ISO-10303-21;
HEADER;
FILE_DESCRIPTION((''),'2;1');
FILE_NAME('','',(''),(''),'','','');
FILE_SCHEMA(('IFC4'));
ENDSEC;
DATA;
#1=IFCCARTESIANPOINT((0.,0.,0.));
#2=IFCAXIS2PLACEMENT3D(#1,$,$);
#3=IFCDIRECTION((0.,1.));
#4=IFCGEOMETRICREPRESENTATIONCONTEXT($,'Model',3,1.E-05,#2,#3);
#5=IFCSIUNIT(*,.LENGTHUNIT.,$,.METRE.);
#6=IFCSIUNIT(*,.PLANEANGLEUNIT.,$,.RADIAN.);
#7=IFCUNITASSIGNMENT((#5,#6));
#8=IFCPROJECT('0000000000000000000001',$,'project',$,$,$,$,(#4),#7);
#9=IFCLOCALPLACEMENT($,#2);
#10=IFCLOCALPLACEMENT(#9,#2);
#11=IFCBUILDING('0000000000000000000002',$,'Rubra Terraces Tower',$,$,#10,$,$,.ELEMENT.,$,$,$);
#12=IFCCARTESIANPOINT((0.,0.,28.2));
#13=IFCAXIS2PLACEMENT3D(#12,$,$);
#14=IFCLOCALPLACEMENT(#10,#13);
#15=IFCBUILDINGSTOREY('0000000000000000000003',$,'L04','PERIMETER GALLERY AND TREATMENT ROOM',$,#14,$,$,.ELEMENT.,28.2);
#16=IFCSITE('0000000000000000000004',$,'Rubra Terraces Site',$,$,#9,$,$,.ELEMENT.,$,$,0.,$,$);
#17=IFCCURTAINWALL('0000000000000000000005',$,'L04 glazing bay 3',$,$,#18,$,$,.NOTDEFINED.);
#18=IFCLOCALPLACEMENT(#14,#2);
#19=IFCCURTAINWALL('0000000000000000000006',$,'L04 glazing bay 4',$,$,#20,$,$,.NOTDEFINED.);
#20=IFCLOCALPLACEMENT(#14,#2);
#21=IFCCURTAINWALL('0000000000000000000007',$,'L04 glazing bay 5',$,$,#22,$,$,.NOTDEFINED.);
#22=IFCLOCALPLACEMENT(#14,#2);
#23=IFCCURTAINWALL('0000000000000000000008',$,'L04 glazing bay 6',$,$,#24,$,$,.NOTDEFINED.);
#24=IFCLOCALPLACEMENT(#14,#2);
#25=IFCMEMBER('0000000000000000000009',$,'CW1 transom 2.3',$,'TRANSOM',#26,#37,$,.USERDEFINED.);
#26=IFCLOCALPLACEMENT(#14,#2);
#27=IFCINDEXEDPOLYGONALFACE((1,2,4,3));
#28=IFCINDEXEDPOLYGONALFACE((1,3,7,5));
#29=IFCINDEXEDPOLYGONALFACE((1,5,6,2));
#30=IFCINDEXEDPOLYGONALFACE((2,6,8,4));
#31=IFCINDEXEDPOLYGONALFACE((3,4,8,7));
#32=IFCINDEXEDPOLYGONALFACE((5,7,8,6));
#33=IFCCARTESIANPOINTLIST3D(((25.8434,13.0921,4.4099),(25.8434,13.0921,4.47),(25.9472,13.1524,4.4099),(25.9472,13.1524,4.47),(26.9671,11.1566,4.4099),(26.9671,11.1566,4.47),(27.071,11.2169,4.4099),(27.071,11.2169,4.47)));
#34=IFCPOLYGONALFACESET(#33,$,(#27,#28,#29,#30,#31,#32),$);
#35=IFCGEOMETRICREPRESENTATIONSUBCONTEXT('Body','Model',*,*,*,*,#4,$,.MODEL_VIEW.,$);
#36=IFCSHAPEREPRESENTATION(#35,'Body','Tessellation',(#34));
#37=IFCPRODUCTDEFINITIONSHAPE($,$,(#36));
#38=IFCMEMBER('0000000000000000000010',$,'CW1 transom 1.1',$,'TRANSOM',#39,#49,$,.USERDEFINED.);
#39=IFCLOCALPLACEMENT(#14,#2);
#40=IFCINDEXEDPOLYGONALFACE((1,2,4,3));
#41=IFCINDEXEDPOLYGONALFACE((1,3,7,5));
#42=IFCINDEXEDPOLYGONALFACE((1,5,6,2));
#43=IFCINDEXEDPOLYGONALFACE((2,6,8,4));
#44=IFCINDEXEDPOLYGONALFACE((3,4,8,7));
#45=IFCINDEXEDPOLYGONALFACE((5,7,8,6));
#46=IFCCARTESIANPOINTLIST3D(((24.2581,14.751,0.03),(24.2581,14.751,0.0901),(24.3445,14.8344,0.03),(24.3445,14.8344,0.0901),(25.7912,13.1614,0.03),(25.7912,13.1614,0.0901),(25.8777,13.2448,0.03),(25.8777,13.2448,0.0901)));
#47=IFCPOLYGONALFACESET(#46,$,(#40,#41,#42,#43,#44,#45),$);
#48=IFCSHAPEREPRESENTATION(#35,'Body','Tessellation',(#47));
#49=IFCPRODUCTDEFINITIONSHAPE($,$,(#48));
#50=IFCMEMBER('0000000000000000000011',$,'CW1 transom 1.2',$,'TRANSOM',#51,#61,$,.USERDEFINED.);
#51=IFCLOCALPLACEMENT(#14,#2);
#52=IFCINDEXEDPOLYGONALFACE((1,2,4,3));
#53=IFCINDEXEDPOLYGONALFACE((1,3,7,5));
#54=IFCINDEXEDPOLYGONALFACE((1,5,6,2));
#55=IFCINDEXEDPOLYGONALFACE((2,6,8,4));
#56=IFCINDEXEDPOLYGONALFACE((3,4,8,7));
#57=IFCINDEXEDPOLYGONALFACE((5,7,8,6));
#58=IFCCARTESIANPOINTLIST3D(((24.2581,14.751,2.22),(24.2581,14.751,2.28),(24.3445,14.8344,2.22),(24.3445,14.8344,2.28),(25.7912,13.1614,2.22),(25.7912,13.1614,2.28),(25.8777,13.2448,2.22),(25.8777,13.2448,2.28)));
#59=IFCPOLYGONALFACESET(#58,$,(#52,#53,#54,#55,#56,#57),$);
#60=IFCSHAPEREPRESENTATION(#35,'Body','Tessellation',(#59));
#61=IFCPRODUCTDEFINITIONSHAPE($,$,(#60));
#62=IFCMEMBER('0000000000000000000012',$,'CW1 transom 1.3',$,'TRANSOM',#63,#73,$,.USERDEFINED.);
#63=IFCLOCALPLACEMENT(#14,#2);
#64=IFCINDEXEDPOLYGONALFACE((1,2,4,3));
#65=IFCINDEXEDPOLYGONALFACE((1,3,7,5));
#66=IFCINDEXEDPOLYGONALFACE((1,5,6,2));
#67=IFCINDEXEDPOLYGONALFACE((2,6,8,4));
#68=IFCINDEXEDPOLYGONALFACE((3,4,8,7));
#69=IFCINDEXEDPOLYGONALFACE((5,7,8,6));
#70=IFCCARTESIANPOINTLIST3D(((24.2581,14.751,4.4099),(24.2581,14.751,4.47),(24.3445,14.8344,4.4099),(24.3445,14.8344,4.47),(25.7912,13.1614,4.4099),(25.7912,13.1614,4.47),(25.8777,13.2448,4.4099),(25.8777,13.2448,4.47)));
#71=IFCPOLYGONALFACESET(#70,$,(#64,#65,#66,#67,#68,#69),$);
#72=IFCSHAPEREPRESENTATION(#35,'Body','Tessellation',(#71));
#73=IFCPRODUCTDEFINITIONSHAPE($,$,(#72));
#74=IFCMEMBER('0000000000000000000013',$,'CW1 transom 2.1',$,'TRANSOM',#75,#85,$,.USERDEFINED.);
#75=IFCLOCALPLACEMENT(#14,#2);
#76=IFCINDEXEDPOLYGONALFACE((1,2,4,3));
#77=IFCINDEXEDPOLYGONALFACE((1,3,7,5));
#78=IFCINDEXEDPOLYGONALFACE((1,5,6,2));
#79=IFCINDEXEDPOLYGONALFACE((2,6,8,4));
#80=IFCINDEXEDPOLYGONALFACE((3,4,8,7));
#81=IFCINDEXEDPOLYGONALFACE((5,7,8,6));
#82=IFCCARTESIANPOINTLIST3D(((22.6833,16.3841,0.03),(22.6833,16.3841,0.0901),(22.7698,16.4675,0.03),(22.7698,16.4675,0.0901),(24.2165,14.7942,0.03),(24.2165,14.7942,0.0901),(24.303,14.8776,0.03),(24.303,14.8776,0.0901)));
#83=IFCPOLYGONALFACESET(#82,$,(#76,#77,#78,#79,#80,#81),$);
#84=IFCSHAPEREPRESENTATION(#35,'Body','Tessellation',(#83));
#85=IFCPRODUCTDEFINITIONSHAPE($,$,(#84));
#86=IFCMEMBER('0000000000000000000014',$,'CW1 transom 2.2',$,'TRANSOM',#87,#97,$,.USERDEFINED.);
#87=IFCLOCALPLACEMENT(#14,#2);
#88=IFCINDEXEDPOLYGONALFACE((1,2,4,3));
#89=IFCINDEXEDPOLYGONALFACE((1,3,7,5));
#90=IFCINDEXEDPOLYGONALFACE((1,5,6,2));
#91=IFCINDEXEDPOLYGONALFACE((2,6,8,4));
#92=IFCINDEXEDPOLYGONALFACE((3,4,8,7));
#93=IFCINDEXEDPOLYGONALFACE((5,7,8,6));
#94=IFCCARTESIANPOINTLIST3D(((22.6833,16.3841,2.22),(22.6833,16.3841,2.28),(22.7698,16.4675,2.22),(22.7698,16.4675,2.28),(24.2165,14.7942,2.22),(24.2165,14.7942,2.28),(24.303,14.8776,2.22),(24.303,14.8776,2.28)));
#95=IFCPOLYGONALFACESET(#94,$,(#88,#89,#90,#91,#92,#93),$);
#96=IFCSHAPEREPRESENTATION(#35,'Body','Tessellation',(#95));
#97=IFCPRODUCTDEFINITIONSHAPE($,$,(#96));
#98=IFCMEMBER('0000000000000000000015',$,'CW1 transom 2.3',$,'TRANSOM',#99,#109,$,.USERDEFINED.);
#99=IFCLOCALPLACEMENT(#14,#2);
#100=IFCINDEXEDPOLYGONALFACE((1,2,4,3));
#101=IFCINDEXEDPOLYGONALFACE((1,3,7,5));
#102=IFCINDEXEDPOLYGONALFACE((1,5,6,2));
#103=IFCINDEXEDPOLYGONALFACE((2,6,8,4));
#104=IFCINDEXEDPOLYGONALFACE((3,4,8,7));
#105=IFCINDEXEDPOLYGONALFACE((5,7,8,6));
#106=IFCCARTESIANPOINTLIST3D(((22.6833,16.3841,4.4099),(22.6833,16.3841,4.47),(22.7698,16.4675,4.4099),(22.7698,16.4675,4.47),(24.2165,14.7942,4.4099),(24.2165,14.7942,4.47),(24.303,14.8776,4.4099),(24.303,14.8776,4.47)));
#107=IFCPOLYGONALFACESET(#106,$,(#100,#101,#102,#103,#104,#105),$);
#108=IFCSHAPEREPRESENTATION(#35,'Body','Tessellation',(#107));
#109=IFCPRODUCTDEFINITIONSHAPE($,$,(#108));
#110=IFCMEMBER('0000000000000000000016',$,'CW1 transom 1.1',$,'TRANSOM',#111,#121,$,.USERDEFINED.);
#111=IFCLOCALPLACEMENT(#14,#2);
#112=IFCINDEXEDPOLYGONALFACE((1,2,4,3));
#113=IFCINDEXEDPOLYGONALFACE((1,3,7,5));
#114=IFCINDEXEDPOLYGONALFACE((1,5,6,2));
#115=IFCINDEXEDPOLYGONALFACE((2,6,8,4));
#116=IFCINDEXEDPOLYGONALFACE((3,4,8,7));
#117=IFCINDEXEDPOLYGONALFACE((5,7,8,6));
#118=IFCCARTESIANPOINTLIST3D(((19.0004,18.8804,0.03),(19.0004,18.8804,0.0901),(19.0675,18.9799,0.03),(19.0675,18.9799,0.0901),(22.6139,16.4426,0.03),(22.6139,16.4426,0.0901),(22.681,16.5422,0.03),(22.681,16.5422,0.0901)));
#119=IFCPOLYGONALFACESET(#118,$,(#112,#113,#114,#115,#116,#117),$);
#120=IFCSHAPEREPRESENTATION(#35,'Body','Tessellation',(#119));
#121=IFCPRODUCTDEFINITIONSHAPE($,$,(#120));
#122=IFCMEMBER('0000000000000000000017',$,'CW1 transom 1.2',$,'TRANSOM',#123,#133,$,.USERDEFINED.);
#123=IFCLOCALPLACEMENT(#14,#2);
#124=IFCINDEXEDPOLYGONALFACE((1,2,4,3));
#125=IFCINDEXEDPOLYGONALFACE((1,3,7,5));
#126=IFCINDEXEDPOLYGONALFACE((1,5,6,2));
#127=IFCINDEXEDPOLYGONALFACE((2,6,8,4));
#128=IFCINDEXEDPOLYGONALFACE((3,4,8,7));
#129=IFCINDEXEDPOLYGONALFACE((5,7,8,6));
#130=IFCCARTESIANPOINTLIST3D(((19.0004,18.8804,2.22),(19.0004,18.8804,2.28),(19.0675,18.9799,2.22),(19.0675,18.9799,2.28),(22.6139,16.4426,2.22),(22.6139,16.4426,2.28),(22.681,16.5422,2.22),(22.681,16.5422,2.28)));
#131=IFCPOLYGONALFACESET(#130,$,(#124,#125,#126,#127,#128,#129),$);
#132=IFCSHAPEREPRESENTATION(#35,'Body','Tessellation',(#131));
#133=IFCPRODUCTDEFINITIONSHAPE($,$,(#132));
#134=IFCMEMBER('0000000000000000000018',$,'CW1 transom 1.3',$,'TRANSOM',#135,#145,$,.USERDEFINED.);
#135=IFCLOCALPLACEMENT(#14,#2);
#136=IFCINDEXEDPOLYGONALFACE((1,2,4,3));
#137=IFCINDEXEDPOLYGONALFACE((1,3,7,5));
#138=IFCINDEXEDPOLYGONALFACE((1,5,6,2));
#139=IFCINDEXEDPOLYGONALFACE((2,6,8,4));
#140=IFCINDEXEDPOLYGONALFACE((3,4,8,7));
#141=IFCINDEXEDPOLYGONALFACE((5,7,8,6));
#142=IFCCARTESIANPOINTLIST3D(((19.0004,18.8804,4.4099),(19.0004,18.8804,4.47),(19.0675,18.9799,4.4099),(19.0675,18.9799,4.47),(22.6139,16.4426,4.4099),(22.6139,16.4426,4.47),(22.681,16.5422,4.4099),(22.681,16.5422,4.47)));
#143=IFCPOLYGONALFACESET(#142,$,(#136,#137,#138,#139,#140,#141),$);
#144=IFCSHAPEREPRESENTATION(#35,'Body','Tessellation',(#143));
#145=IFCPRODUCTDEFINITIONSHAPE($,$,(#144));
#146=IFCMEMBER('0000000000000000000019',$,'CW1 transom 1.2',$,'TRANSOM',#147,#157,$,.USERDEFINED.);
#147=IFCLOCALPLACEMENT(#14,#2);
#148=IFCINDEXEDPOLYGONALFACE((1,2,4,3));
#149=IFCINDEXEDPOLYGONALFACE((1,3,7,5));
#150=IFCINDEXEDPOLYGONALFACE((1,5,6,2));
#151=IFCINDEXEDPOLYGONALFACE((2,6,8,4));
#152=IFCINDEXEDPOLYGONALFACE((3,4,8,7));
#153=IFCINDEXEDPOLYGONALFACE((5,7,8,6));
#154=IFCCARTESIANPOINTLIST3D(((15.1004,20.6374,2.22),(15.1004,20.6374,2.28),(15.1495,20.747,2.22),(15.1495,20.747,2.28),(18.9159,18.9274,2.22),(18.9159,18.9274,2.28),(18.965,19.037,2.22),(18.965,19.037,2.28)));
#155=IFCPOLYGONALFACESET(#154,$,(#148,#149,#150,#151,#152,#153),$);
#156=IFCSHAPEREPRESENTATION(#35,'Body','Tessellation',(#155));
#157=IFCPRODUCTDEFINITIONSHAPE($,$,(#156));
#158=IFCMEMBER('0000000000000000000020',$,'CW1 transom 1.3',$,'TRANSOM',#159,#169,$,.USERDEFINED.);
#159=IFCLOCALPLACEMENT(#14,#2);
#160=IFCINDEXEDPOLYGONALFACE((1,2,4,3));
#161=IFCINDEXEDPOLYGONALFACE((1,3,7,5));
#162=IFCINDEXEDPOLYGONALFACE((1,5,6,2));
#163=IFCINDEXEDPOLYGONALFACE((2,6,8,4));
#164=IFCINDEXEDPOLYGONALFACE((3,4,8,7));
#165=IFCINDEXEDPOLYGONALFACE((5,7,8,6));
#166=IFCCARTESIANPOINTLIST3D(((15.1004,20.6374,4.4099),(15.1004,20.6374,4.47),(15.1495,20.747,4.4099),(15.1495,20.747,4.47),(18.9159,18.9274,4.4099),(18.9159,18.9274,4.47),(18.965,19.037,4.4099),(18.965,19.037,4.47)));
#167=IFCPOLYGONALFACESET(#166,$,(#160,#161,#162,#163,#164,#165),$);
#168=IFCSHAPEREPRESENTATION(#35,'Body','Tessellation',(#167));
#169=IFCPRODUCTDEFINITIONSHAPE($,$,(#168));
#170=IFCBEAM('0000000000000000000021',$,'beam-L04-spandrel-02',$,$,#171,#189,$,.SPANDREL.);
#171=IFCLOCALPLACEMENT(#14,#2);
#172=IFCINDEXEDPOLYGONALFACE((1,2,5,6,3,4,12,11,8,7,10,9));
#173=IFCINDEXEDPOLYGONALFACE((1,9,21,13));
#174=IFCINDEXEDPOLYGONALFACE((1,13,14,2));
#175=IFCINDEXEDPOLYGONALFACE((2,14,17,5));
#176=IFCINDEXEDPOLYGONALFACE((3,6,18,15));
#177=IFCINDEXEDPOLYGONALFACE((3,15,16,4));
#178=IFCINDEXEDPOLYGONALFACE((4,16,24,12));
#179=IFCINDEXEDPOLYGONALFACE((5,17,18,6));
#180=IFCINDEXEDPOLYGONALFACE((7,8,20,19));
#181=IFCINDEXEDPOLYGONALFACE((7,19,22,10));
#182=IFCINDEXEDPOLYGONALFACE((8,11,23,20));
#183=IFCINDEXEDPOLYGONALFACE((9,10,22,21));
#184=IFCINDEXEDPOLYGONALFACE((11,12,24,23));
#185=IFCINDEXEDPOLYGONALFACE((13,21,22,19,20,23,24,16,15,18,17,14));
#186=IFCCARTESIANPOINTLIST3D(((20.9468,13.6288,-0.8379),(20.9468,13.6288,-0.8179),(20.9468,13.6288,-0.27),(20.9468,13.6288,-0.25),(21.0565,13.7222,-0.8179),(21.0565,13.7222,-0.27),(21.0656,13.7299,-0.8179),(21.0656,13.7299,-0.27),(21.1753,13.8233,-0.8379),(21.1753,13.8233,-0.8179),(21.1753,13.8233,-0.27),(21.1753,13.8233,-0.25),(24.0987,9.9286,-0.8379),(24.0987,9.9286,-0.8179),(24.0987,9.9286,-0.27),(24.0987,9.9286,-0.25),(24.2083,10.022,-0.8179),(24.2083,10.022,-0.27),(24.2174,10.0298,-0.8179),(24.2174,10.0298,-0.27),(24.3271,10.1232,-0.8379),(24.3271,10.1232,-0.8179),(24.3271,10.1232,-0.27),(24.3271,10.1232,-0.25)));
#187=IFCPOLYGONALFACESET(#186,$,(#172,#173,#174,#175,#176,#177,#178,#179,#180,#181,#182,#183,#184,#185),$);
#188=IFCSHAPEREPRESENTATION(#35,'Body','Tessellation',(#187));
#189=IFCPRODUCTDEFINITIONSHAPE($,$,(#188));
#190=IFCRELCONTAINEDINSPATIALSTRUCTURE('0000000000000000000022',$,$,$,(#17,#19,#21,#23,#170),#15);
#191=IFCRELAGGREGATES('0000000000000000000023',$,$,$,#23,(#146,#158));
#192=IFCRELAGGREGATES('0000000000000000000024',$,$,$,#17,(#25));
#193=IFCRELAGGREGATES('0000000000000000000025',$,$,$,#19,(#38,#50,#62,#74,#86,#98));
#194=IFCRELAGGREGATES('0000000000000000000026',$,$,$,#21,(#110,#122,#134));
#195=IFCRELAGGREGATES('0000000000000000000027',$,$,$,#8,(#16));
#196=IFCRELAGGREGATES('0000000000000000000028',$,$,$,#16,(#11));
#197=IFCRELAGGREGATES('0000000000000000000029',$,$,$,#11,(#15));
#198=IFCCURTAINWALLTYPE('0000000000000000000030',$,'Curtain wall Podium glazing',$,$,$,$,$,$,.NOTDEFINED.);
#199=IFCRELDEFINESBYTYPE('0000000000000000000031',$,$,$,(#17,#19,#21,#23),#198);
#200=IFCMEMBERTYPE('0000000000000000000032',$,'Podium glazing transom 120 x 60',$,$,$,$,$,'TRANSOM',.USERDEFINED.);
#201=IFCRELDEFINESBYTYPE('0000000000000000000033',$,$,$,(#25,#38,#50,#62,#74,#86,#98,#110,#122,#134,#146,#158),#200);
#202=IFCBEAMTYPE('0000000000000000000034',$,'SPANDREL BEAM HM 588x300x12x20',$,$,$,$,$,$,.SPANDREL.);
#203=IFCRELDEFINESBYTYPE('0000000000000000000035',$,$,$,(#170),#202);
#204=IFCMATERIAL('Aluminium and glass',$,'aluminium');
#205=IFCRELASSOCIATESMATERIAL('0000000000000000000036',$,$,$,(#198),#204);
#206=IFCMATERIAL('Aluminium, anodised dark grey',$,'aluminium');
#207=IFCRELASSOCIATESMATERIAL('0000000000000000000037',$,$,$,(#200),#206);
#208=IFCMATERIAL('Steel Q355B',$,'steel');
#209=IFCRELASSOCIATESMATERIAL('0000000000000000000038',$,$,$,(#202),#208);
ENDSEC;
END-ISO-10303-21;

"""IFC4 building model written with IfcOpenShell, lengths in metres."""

from ifc_helpers import new_model, si_unit, direction, frame, origin, origin_2d, place, context, subcontext, project, spatial, rectangle, i_section, extrude, material, material_profile, profile_set, type_object, element, aggregate, save


model = new_model("IFC4")

# Units and contexts
model_context = context("Model", 3, precision=1e-05, world=origin(), true_north=direction((0.0, 1.0)))
body_context = subcontext(model_context, "Body", "Model", "MODEL_VIEW")
ifc_project = project(units=[si_unit("LENGTHUNIT", "METRE"), si_unit("PLANEANGLEUNIT", "RADIAN")], contexts=[model_context])

# Site, building, storey
site_placement = place(None, origin())
site = spatial("IfcSite", under=ifc_project, at=site_placement, Name="Rubra Terraces Site", CompositionType="ELEMENT", RefElevation=0.0)
building_placement = place(site_placement, origin())
building = spatial("IfcBuilding", under=site, at=building_placement, Name="Rubra Terraces Tower", CompositionType="ELEMENT")
storey_placement = place(building_placement, frame((0.0, 0.0, 28.2)))
storey = spatial("IfcBuildingStorey", under=building, at=storey_placement, Name="L04", Description="PERIMETER GALLERY AND TREATMENT ROOM", CompositionType="ELEMENT", Elevation=28.2)

# Shared definitions
ifc_material_1 = material(Name="Steel Q355B", Category="steel")

# Curtain wall
ifc_material_2 = material(Name="Aluminium and glass", Category="aluminium")
curtain_wall_type = type_object("IfcCurtainWallType", Name="Curtain wall Podium glazing", PredefinedType="NOTDEFINED", material=ifc_material_2)
curtain_wall_1_placement = place(storey_placement, origin())
curtain_wall_1 = element("IfcCurtainWall", 1, at=curtain_wall_1_placement, inside=storey, type_object=curtain_wall_type, Name="L04 glazing bay 3", PredefinedType="NOTDEFINED")
ifc_material_3 = material(Name="Aluminium, anodised dark grey", Category="aluminium")

# Curtain wall
curtain_wall_2_placement = place(storey_placement, origin())
curtain_wall_2 = element("IfcCurtainWall", 2, at=curtain_wall_2_placement, inside=storey, type_object=curtain_wall_type, Name="L04 glazing bay 4", PredefinedType="NOTDEFINED")

# Curtain walls
curtain_wall_3_placement = place(storey_placement, origin())
curtain_wall_3 = element("IfcCurtainWall", 3, at=curtain_wall_3_placement, inside=storey, type_object=curtain_wall_type, Name="L04 glazing bay 5", PredefinedType="NOTDEFINED")
curtain_wall_4_placement = place(storey_placement, origin())
curtain_wall_4 = element("IfcCurtainWall", 4, at=curtain_wall_4_placement, inside=storey, type_object=curtain_wall_type, Name="L04 glazing bay 6", PredefinedType="NOTDEFINED")

# Members
ifc_material_profile_1 = material_profile(ifc_material_3, rectangle(XDim=0.1201, YDim=0.0601, at=origin_2d()), Name="AL 120x60")
ifc_profile_set_1 = profile_set([ifc_material_profile_1], Name="Aluminium, anodised dark grey")
member_type_1 = type_object("IfcMemberType", Name="Podium glazing transom 120 x 60", ElementType="TRANSOM", PredefinedType="USERDEFINED", material=ifc_profile_set_1)
member_1_placement = place(storey_placement, frame((27.019, 11.1868, 4.4399), z_axis=(-0.502107, 0.864806, 0.0), x_axis=(-0.864806, -0.502107, 0.0)))
member_1 = element("IfcMember", 5, at=member_1_placement, type_object=member_type_1, Name="CW1 transom 2.3", ObjectType="TRANSOM", PredefinedType="USERDEFINED", context=body_context, shape_type="SweptSolid", body=[
    extrude(rectangle(XDim=0.1201, YDim=0.0601, at=origin_2d()), origin(), (0.0, 0.0, 1.0), 2.238),
])
member_2_placement = place(storey_placement, frame((25.8345, 13.2031, 0.0601), z_axis=(-0.694224, 0.719759, 0.0), x_axis=(-0.719759, -0.694224, 0.0)))
member_2 = element("IfcMember", 6, at=member_2_placement, type_object=member_type_1, Name="CW1 transom 1.1", ObjectType="TRANSOM", PredefinedType="USERDEFINED", context=body_context, shape_type="SweptSolid", body=[
    extrude(rectangle(XDim=0.1201, YDim=0.0601, at=origin_2d()), origin(), (0.0, 0.0, 1.0), 2.2085),
])
member_3_placement = place(storey_placement, frame((25.8345, 13.2031, 2.25), z_axis=(-0.694224, 0.719759, 0.0), x_axis=(-0.719759, -0.694224, 0.0)))
member_3 = element("IfcMember", 7, at=member_3_placement, type_object=member_type_1, Name="CW1 transom 1.2", ObjectType="TRANSOM", PredefinedType="USERDEFINED", context=body_context, shape_type="SweptSolid", body=[
    extrude(rectangle(XDim=0.1201, YDim=0.0601, at=origin_2d()), origin(), (0.0, 0.0, 1.0), 2.2085),
])
member_4_placement = place(storey_placement, frame((25.8345, 13.2031, 4.4399), z_axis=(-0.694224, 0.719759, 0.0), x_axis=(-0.719759, -0.694224, 0.0)))
member_4 = element("IfcMember", 8, at=member_4_placement, type_object=member_type_1, Name="CW1 transom 1.3", ObjectType="TRANSOM", PredefinedType="USERDEFINED", context=body_context, shape_type="SweptSolid", body=[
    extrude(rectangle(XDim=0.1201, YDim=0.0601, at=origin_2d()), origin(), (0.0, 0.0, 1.0), 2.2085),
])
member_5_placement = place(storey_placement, frame((24.2598, 14.8359, 0.0601), z_axis=(-0.694168, 0.719813, 0.0), x_axis=(-0.719813, -0.694168, 0.0)))
member_5 = element("IfcMember", 9, at=member_5_placement, type_object=member_type_1, Name="CW1 transom 2.1", ObjectType="TRANSOM", PredefinedType="USERDEFINED", context=body_context, shape_type="SweptSolid", body=[
    extrude(rectangle(XDim=0.1201, YDim=0.0601, at=origin_2d()), origin(), (0.0, 0.0, 1.0), 2.2087),
])
member_6_placement = place(storey_placement, frame((24.2598, 14.8359, 2.25), z_axis=(-0.694168, 0.719813, 0.0), x_axis=(-0.719813, -0.694168, 0.0)))
member_6 = element("IfcMember", 10, at=member_6_placement, type_object=member_type_1, Name="CW1 transom 2.2", ObjectType="TRANSOM", PredefinedType="USERDEFINED", context=body_context, shape_type="SweptSolid", body=[
    extrude(rectangle(XDim=0.1201, YDim=0.0601, at=origin_2d()), origin(), (0.0, 0.0, 1.0), 2.2087),
])
member_7_placement = place(storey_placement, frame((24.2598, 14.8359, 4.4399), z_axis=(-0.694168, 0.719813, 0.0), x_axis=(-0.719813, -0.694168, 0.0)))
member_7 = element("IfcMember", 11, at=member_7_placement, type_object=member_type_1, Name="CW1 transom 2.3", ObjectType="TRANSOM", PredefinedType="USERDEFINED", context=body_context, shape_type="SweptSolid", body=[
    extrude(rectangle(XDim=0.1201, YDim=0.0601, at=origin_2d()), origin(), (0.0, 0.0, 1.0), 2.2087),
])
member_8_placement = place(storey_placement, frame((22.6475, 16.4924, 0.0601), z_axis=(-0.828996, 0.559254, 0.0), x_axis=(-0.559254, -0.828996, 0.0)))
member_8 = element("IfcMember", 12, at=member_8_placement, type_object=member_type_1, Name="CW1 transom 1.1", ObjectType="TRANSOM", PredefinedType="USERDEFINED", context=body_context, shape_type="SweptSolid", body=[
    extrude(rectangle(XDim=0.1201, YDim=0.0601, at=origin_2d()), origin(), (0.0, 0.0, 1.0), 4.3589),
])
member_9_placement = place(storey_placement, frame((22.6475, 16.4924, 2.25), z_axis=(-0.828996, 0.559254, 0.0), x_axis=(-0.559254, -0.828996, 0.0)))
member_9 = element("IfcMember", 13, at=member_9_placement, type_object=member_type_1, Name="CW1 transom 1.2", ObjectType="TRANSOM", PredefinedType="USERDEFINED", context=body_context, shape_type="SweptSolid", body=[
    extrude(rectangle(XDim=0.1201, YDim=0.0601, at=origin_2d()), origin(), (0.0, 0.0, 1.0), 4.3589),
])
member_10_placement = place(storey_placement, frame((22.6475, 16.4924, 4.4399), z_axis=(-0.828996, 0.559254, 0.0), x_axis=(-0.559254, -0.828996, 0.0)))
member_10 = element("IfcMember", 14, at=member_10_placement, type_object=member_type_1, Name="CW1 transom 1.3", ObjectType="TRANSOM", PredefinedType="USERDEFINED", context=body_context, shape_type="SweptSolid", body=[
    extrude(rectangle(XDim=0.1201, YDim=0.0601, at=origin_2d()), origin(), (0.0, 0.0, 1.0), 4.3589),
])
member_11_placement = place(storey_placement, frame((18.9404, 18.9822, 2.25), z_axis=(-0.912545, 0.408975, 0.0), x_axis=(-0.408975, -0.912545, 0.0)))
member_11 = element("IfcMember", 15, at=member_11_placement, type_object=member_type_1, Name="CW1 transom 1.2", ObjectType="TRANSOM", PredefinedType="USERDEFINED", context=body_context, shape_type="SweptSolid", body=[
    extrude(rectangle(XDim=0.1201, YDim=0.0601, at=origin_2d()), origin(), (0.0, 0.0, 1.0), 4.1812),
])
member_12_placement = place(storey_placement, frame((18.9404, 18.9822, 4.4399), z_axis=(-0.912545, 0.408975, 0.0), x_axis=(-0.408975, -0.912545, 0.0)))
member_12 = element("IfcMember", 16, at=member_12_placement, type_object=member_type_1, Name="CW1 transom 1.3", ObjectType="TRANSOM", PredefinedType="USERDEFINED", context=body_context, shape_type="SweptSolid", body=[
    extrude(rectangle(XDim=0.1201, YDim=0.0601, at=origin_2d()), origin(), (0.0, 0.0, 1.0), 4.1812),
])
aggregate(curtain_wall_4, [member_11, member_12])

# Beam
ifc_material_profile_2 = material_profile(ifc_material_1, i_section(OverallWidth=0.3, OverallDepth=0.5879, WebThickness=0.012, FlangeThickness=0.02, at=origin_2d()), Name="HM 588x300x12x20")
ifc_profile_set_2 = profile_set([ifc_material_profile_2], Name="Steel Q355B")
beam_type_1 = type_object("IfcBeamType", Name="SPANDREL BEAM HM 588x300x12x20", PredefinedType="SPANDREL", material=ifc_profile_set_2)
beam_1_placement = place(storey_placement, frame((24.2129, 10.0259, -0.5439), z_axis=(-0.648447, 0.76126, 0.0), x_axis=(-0.76126, -0.648447, 0.0)))
element("IfcBeam", 17, at=beam_1_placement, inside=storey, type_object=beam_type_1, Name="beam-L04-spandrel-02", PredefinedType="SPANDREL", context=body_context, shape_type="SweptSolid", body=[
    extrude(i_section(OverallWidth=0.3, OverallDepth=0.5879, WebThickness=0.012, FlangeThickness=0.02, at=origin_2d()), origin(), (0.0, 0.0, 1.0), 4.8606),
])

aggregate(curtain_wall_1, [member_1])
aggregate(curtain_wall_2, [member_2, member_3, member_4, member_5, member_6, member_7])
aggregate(curtain_wall_3, [member_8, member_9, member_10])

save(model, "model.ifc")
